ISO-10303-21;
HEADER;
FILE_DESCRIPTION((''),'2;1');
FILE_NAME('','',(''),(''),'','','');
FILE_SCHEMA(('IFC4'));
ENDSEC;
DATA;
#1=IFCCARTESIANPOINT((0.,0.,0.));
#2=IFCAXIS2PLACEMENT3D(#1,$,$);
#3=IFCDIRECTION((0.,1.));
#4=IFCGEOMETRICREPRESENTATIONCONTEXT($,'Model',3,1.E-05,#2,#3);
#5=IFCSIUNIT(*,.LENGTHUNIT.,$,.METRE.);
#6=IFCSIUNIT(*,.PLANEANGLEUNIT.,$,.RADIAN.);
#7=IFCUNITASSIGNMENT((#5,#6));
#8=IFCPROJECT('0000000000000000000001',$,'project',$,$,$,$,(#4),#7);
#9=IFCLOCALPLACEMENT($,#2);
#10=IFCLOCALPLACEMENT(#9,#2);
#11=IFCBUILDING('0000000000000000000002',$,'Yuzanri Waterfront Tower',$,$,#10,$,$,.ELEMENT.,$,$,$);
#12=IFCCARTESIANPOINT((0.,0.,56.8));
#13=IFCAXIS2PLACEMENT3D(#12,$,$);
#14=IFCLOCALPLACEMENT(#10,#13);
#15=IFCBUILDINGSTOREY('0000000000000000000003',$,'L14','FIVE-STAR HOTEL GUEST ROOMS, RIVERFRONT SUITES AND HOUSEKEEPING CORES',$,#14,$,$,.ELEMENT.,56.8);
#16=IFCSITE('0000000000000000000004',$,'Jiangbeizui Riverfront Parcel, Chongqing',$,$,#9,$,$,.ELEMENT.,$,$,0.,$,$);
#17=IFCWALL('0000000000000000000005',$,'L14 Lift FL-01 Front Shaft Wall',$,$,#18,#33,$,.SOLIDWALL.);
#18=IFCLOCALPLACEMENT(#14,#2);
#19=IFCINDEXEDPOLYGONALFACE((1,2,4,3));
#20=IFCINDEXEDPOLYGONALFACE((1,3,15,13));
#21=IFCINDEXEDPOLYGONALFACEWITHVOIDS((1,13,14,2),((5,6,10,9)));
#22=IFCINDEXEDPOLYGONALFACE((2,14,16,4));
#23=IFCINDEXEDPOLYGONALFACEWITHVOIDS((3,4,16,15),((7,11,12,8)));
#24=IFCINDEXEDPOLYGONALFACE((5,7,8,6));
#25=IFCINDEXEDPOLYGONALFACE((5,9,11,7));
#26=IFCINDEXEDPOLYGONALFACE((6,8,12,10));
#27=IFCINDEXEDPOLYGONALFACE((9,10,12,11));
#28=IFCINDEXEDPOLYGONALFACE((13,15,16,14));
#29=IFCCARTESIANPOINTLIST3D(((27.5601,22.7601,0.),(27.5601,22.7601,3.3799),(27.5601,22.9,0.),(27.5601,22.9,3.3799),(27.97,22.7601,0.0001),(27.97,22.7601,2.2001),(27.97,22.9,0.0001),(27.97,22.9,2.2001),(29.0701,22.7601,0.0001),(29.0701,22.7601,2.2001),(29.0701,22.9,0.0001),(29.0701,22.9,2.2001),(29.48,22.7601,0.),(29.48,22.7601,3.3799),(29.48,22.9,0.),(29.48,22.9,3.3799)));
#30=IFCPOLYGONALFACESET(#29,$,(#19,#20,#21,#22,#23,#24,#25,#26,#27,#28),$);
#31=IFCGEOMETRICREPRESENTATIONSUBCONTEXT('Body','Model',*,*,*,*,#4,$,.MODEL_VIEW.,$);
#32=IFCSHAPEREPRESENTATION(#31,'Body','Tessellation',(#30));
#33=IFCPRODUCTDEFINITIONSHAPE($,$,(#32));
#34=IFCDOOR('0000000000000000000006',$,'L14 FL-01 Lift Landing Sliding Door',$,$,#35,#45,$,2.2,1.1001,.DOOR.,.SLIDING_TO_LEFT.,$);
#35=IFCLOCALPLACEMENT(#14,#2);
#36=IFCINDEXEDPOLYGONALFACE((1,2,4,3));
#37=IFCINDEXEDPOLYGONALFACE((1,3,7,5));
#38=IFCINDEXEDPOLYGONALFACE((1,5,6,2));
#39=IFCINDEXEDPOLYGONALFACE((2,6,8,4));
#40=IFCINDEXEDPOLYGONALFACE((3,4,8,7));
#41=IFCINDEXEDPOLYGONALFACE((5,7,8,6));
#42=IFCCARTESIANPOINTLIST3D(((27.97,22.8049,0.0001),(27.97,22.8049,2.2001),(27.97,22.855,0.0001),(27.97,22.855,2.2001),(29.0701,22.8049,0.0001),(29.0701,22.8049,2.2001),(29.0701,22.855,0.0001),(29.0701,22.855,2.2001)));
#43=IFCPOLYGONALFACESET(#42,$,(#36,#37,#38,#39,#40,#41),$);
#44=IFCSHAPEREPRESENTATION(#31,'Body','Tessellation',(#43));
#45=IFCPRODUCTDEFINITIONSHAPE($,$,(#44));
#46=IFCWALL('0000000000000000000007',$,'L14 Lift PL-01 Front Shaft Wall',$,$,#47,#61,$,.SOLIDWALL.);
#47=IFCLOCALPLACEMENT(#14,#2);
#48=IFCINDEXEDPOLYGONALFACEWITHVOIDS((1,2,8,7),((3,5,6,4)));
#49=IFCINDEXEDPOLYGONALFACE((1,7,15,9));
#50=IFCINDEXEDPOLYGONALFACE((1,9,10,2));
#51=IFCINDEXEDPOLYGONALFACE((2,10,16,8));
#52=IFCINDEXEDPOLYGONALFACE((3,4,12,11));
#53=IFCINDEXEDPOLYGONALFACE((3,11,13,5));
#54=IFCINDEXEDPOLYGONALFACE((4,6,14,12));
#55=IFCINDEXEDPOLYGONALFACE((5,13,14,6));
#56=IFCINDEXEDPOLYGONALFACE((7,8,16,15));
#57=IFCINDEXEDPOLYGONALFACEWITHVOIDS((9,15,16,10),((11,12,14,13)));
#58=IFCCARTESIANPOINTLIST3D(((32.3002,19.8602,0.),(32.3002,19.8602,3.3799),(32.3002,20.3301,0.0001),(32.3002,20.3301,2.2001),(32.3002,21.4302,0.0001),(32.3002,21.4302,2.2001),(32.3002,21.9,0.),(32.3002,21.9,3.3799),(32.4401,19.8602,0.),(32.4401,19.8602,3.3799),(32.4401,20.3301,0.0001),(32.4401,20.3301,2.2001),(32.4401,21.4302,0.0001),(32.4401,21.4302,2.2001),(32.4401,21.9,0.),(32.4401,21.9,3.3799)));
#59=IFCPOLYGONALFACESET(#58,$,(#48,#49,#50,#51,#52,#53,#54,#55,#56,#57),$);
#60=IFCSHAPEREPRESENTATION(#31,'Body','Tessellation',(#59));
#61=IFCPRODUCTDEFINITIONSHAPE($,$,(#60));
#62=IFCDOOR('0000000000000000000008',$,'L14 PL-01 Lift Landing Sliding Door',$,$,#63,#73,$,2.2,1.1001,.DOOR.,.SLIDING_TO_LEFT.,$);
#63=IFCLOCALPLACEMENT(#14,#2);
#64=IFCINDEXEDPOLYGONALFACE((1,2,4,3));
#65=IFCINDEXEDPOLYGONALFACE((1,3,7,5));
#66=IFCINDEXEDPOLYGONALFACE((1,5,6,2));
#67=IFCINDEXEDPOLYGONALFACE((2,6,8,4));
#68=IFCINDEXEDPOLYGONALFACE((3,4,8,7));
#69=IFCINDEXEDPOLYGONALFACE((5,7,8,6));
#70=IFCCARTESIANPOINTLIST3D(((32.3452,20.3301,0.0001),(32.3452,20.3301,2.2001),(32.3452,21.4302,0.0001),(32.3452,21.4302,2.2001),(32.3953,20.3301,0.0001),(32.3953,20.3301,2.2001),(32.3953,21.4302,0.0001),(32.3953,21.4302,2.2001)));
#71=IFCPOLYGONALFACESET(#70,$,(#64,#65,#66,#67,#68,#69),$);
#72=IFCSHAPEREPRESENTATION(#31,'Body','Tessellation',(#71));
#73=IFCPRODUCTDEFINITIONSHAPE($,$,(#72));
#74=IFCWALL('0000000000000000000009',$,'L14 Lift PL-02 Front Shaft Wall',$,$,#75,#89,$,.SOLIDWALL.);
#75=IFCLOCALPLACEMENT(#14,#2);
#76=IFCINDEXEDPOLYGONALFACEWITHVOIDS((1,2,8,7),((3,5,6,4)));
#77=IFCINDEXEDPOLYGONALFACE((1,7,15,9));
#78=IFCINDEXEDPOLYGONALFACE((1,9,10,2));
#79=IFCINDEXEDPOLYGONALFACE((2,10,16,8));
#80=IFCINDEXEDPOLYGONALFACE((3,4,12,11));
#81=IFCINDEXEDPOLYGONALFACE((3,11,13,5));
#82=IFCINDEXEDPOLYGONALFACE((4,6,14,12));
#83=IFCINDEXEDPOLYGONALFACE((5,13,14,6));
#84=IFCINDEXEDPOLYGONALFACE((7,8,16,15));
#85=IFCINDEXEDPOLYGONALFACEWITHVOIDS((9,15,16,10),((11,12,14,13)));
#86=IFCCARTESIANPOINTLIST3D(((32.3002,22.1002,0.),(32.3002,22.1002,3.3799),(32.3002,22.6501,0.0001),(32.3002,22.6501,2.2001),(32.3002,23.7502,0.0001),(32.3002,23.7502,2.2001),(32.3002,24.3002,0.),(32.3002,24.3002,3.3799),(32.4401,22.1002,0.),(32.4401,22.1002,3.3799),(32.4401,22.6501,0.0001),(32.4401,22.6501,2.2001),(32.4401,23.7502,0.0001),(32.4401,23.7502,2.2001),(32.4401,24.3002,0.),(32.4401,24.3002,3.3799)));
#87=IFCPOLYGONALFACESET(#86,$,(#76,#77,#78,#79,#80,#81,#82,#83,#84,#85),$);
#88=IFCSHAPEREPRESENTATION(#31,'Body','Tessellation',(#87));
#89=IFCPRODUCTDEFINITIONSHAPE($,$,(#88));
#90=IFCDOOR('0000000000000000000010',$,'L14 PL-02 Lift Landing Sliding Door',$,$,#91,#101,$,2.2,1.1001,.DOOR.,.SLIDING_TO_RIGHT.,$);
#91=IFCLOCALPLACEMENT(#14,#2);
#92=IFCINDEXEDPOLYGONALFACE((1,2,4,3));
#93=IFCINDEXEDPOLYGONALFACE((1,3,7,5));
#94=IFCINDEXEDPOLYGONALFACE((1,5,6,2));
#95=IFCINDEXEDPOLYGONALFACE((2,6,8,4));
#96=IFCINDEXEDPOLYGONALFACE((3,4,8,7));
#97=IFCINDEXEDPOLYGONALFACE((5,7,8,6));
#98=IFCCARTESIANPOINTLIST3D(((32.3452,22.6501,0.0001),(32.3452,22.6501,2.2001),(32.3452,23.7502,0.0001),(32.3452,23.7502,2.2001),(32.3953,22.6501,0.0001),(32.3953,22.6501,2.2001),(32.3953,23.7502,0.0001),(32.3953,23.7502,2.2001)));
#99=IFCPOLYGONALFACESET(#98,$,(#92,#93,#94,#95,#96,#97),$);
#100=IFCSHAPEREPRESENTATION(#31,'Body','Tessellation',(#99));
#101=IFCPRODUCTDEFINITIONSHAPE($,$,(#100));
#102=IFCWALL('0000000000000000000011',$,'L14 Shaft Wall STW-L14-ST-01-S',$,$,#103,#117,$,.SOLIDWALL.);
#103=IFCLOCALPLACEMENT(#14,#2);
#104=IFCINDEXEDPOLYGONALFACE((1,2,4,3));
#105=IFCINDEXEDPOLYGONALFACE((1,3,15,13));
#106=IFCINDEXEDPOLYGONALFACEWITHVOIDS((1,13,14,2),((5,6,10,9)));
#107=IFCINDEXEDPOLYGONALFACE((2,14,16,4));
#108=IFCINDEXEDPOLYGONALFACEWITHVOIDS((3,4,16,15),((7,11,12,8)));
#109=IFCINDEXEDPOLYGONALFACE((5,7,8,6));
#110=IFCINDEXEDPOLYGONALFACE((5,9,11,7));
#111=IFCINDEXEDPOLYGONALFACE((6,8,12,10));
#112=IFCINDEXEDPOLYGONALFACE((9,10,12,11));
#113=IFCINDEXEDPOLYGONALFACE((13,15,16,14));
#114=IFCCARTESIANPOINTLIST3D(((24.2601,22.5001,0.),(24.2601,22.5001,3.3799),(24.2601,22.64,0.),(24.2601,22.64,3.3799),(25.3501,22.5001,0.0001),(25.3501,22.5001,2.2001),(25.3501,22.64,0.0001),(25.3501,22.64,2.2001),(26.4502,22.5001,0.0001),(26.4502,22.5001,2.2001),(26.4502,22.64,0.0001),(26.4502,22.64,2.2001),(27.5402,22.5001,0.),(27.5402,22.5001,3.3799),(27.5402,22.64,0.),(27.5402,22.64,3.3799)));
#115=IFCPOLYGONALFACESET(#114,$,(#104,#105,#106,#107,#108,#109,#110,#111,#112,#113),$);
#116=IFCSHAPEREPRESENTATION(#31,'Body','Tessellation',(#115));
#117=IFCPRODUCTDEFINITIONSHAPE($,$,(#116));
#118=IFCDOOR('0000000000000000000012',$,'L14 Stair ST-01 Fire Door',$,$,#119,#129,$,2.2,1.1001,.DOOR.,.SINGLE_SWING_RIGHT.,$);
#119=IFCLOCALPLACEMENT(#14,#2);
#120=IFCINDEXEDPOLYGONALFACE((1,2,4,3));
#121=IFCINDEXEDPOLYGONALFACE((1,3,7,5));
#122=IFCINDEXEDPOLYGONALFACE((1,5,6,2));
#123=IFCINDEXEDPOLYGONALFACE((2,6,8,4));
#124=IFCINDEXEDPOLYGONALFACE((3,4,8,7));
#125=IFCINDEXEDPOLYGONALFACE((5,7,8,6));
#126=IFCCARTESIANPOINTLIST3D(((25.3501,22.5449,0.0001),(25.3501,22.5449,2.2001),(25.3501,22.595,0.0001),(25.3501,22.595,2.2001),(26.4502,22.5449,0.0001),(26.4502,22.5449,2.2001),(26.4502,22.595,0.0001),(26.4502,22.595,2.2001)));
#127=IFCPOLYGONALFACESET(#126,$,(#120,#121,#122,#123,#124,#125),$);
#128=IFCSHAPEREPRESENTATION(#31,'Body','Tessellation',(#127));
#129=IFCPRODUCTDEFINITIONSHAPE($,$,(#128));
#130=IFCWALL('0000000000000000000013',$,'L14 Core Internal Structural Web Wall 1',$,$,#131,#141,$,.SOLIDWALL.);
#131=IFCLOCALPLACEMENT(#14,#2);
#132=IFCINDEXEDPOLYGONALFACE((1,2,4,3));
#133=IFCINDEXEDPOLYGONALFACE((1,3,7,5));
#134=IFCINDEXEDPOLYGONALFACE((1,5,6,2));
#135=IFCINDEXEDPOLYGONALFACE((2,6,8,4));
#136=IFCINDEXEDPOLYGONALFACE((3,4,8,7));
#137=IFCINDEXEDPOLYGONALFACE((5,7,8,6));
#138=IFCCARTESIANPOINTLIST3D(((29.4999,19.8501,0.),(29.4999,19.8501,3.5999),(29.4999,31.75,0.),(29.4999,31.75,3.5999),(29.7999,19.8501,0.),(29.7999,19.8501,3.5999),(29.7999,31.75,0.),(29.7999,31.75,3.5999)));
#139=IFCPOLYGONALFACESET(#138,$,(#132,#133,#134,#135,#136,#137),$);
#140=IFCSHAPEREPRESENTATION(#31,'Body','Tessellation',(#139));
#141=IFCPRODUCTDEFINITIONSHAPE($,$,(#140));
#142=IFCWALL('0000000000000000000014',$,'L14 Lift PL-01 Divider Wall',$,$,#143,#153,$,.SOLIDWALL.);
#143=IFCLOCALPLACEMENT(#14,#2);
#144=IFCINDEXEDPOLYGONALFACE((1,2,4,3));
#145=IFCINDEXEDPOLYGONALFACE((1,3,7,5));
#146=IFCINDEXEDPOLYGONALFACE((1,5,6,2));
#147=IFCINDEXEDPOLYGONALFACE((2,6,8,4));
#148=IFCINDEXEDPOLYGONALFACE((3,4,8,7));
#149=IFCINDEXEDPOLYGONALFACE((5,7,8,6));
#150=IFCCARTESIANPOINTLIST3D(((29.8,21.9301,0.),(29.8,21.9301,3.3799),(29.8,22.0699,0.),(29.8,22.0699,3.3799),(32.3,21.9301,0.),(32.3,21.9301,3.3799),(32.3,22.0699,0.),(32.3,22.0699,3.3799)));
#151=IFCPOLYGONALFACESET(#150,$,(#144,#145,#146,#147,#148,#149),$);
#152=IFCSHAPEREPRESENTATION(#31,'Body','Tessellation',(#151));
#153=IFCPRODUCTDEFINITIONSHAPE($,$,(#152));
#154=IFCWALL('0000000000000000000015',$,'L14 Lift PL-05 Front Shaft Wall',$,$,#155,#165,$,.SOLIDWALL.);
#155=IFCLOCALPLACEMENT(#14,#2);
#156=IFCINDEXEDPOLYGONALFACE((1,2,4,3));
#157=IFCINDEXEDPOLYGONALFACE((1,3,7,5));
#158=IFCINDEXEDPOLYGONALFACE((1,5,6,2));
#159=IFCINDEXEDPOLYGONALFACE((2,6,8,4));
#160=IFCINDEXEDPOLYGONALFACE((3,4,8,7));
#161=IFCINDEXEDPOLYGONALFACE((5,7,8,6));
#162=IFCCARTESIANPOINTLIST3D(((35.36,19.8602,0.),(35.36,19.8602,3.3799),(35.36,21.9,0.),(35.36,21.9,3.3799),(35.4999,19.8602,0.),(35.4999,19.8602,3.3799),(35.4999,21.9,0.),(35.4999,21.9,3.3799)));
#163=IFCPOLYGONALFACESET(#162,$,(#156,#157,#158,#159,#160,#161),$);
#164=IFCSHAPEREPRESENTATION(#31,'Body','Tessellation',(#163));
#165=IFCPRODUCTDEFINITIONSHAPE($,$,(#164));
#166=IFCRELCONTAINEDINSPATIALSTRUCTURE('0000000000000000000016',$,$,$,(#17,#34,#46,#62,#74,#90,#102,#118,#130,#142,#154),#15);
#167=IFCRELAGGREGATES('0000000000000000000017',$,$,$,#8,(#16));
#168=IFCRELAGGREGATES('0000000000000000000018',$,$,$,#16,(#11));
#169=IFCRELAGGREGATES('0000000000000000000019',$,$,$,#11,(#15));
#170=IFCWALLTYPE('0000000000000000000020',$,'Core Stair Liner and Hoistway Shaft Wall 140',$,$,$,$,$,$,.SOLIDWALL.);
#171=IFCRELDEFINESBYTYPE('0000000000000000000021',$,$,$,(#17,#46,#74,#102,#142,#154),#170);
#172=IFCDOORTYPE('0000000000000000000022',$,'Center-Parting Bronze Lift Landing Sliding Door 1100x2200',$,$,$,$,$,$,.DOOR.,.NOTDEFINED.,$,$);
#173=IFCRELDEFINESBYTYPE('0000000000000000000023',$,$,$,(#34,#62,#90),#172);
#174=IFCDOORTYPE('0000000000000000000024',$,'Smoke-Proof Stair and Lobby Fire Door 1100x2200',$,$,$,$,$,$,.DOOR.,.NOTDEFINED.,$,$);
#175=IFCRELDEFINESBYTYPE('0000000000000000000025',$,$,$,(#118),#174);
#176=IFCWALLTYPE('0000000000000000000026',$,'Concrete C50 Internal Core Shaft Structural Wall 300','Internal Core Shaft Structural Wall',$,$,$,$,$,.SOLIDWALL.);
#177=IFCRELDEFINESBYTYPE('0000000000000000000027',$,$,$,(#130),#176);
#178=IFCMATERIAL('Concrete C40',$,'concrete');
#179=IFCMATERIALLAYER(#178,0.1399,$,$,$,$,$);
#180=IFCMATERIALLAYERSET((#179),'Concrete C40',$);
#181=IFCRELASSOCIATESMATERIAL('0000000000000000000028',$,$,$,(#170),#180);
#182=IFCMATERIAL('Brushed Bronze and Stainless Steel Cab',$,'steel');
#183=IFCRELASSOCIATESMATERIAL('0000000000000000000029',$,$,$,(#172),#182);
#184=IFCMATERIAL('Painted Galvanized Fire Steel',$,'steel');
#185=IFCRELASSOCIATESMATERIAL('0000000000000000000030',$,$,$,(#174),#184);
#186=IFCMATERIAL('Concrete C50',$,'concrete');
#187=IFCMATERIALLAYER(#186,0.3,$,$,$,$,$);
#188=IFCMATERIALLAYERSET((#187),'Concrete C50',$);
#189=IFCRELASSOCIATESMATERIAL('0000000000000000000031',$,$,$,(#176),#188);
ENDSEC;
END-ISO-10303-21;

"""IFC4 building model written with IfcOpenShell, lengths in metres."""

from ifc_helpers import new_model, si_unit, direction, frame, frame_2d, origin, place, context, subcontext, project, spatial, rectangle, extrude, source, transform, mapped, material, layer, layer_set, type_object, element, fill, save


model = new_model("IFC4")

# Units and contexts
model_context = context("Model", 3, precision=1e-05, world=origin(), true_north=direction((0.0, 1.0)))
body_context = subcontext(model_context, "Body", "Model", "MODEL_VIEW")
ifc_project = project(units=[si_unit("LENGTHUNIT", "METRE"), si_unit("PLANEANGLEUNIT", "RADIAN")], contexts=[model_context])

# Site, building, storey
site_placement = place(None, origin())
site = spatial("IfcSite", under=ifc_project, at=site_placement, Name="Jiangbeizui Riverfront Parcel, Chongqing", CompositionType="ELEMENT", RefElevation=0.0)
building_placement = place(site_placement, origin())
building = spatial("IfcBuilding", under=site, at=building_placement, Name="Yuzanri Waterfront Tower", CompositionType="ELEMENT")
storey_placement = place(building_placement, frame((0.0, 0.0, 56.8)))
storey = spatial("IfcBuildingStorey", under=building, at=storey_placement, Name="L14", Description="FIVE-STAR HOTEL GUEST ROOMS, RIVERFRONT SUITES AND HOUSEKEEPING CORES", CompositionType="ELEMENT", Elevation=56.8)

# Walls, openings, doors
ifc_material_1 = material(Name="Concrete C40", Category="concrete")
ifc_layer_1 = layer(ifc_material_1, 0.1399)
ifc_layer_set_1 = layer_set([ifc_layer_1], Name="Concrete C40")
wall_type_1 = type_object("IfcWallType", Name="Core Stair Liner and Hoistway Shaft Wall 140", PredefinedType="SOLIDWALL", material=ifc_layer_set_1)
wall_1_placement = place(storey_placement, frame((27.5601, 22.8301, 0.0), z_axis=(0.0, 0.0, 1.0), x_axis=(1.0, 0.0, 0.0)))
wall_1 = element("IfcWall", 1, at=wall_1_placement, inside=storey, type_object=wall_type_1, Name="L14 Lift FL-01 Front Shaft Wall", PredefinedType="SOLIDWALL", context=body_context, shape_type="SweptSolid", body=[
    extrude(rectangle(XDim=1.9199, YDim=0.1399, at=frame_2d((0.96, 0.0))), origin(), (0.0, 0.0, 1.0), 3.3799),
])
opening_1_placement = place(wall_1_placement, frame((0.4099, 0.0, 0.0)))
opening_1 = element("IfcOpeningElement", 2, at=opening_1_placement, cuts=wall_1, PredefinedType="OPENING", context=body_context, shape_type="SweptSolid", body=[
    extrude(rectangle(XDim=1.1001, YDim=2.2, at=frame_2d((0.55, 1.1001))), frame((0.0, 0.085, 0.0), z_axis=(0.0, -1.0, 0.0), x_axis=(1.0, 0.0, 0.0)), (0.0, 0.0, 1.0), 0.1697),
])
ifc_material_2 = material(Name="Brushed Bronze and Stainless Steel Cab", Category="steel")
door_type_1 = type_object("IfcDoorType", Name="Center-Parting Bronze Lift Landing Sliding Door 1100x2200", OperationType="NOTDEFINED", PredefinedType="DOOR", material=ifc_material_2)
shared_shape_1 = source(origin(), body_context, "Body", "SweptSolid", [
    extrude(rectangle(XDim=1.1001, YDim=2.2, at=frame_2d((0.55, 1.1001))), frame((0.0, 0.0249, 0.0), z_axis=(0.0, -1.0, 0.0), x_axis=(1.0, 0.0, 0.0)), (0.0, 0.0, 1.0), 0.05),
])
door_1_placement = place(opening_1_placement, origin())
door_1 = element("IfcDoor", 3, at=door_1_placement, inside=storey, type_object=door_type_1, Name="L14 FL-01 Lift Landing Sliding Door", OperationType="SLIDING_TO_LEFT", OverallHeight=2.2, OverallWidth=1.1001, PredefinedType="DOOR", context=body_context, shape_type="MappedRepresentation", body=[
    mapped(shared_shape_1, transform((0.0, 0.0, 0.0), scale=1.0)),
])
fill(opening_1, door_1)
wall_2_placement = place(storey_placement, frame((32.3701, 19.8601, 0.0), z_axis=(0.0, 0.0, 1.0), x_axis=(0.0, 1.0, 0.0)))
wall_2 = element("IfcWall", 4, at=wall_2_placement, inside=storey, type_object=wall_type_1, Name="L14 Lift PL-01 Front Shaft Wall", PredefinedType="SOLIDWALL", context=body_context, shape_type="SweptSolid", body=[
    extrude(rectangle(XDim=2.0398, YDim=0.1399, at=frame_2d((1.02, 0.0))), origin(), (0.0, 0.0, 1.0), 3.3799),
])
opening_2_placement = place(wall_2_placement, frame((0.47, 0.0, 0.0)))
opening_2 = element("IfcOpeningElement", 5, at=opening_2_placement, cuts=wall_2, PredefinedType="OPENING", context=body_context, shape_type="SweptSolid", body=[
    extrude(rectangle(XDim=1.1001, YDim=2.2, at=frame_2d((0.55, 1.1001))), frame((0.0, 0.085, 0.0), z_axis=(0.0, -1.0, 0.0), x_axis=(1.0, 0.0, 0.0)), (0.0, 0.0, 1.0), 0.1697),
])
door_2_placement = place(opening_2_placement, origin())
door_2 = element("IfcDoor", 6, at=door_2_placement, inside=storey, type_object=door_type_1, Name="L14 PL-01 Lift Landing Sliding Door", OperationType="SLIDING_TO_LEFT", OverallHeight=2.2, OverallWidth=1.1001, PredefinedType="DOOR", context=body_context, shape_type="MappedRepresentation", body=[
    mapped(shared_shape_1, transform((0.0, 0.0, 0.0), scale=1.0)),
])
fill(opening_2, door_2)
wall_3_placement = place(storey_placement, frame((32.3701, 22.1001, 0.0), z_axis=(0.0, 0.0, 1.0), x_axis=(0.0, 1.0, 0.0)))
wall_3 = element("IfcWall", 7, at=wall_3_placement, inside=storey, type_object=wall_type_1, Name="L14 Lift PL-02 Front Shaft Wall", PredefinedType="SOLIDWALL", context=body_context, shape_type="SweptSolid", body=[
    extrude(rectangle(XDim=2.2, YDim=0.1399, at=frame_2d((1.1001, 0.0))), origin(), (0.0, 0.0, 1.0), 3.3799),
])
opening_3_placement = place(wall_3_placement, frame((0.55, 0.0, 0.0)))
opening_3 = element("IfcOpeningElement", 8, at=opening_3_placement, cuts=wall_3, PredefinedType="OPENING", context=body_context, shape_type="SweptSolid", body=[
    extrude(rectangle(XDim=1.1001, YDim=2.2, at=frame_2d((0.55, 1.1001))), frame((0.0, 0.085, 0.0), z_axis=(0.0, -1.0, 0.0), x_axis=(1.0, 0.0, 0.0)), (0.0, 0.0, 1.0), 0.1697),
])
door_3_placement = place(opening_3_placement, origin())
door_3 = element("IfcDoor", 9, at=door_3_placement, inside=storey, type_object=door_type_1, Name="L14 PL-02 Lift Landing Sliding Door", OperationType="SLIDING_TO_RIGHT", OverallHeight=2.2, OverallWidth=1.1001, PredefinedType="DOOR", context=body_context, shape_type="MappedRepresentation", body=[
    mapped(shared_shape_1, transform((0.0, 0.0, 0.0), scale=1.0)),
])
fill(opening_3, door_3)
wall_4_placement = place(storey_placement, frame((24.26, 22.5701, 0.0), z_axis=(0.0, 0.0, 1.0), x_axis=(1.0, 0.0, 0.0)))
wall_4 = element("IfcWall", 10, at=wall_4_placement, inside=storey, type_object=wall_type_1, Name="L14 Shaft Wall STW-L14-ST-01-S", PredefinedType="SOLIDWALL", context=body_context, shape_type="SweptSolid", body=[
    extrude(rectangle(XDim=3.28, YDim=0.1399, at=frame_2d((1.6401, 0.0))), origin(), (0.0, 0.0, 1.0), 3.3799),
])
opening_4_placement = place(wall_4_placement, frame((1.0901, 0.0, 0.0)))
opening_4 = element("IfcOpeningElement", 11, at=opening_4_placement, cuts=wall_4, PredefinedType="OPENING", context=body_context, shape_type="SweptSolid", body=[
    extrude(rectangle(XDim=1.1001, YDim=2.2, at=frame_2d((0.55, 1.1001))), frame((0.0, 0.085, 0.0), z_axis=(0.0, -1.0, 0.0), x_axis=(1.0, 0.0, 0.0)), (0.0, 0.0, 1.0), 0.1697),
])
ifc_material_3 = material(Name="Painted Galvanized Fire Steel", Category="steel")
door_type_2 = type_object("IfcDoorType", Name="Smoke-Proof Stair and Lobby Fire Door 1100x2200", OperationType="NOTDEFINED", PredefinedType="DOOR", material=ifc_material_3)
shared_shape_2 = source(origin(), body_context, "Body", "SweptSolid", [
    extrude(rectangle(XDim=1.1001, YDim=2.2, at=frame_2d((0.55, 1.1001))), frame((0.0, 0.0249, 0.0), z_axis=(0.0, -1.0, 0.0), x_axis=(1.0, 0.0, 0.0)), (0.0, 0.0, 1.0), 0.05),
])
door_4_placement = place(opening_4_placement, origin())
door_4 = element("IfcDoor", 12, at=door_4_placement, inside=storey, type_object=door_type_2, Name="L14 Stair ST-01 Fire Door", OperationType="SINGLE_SWING_RIGHT", OverallHeight=2.2, OverallWidth=1.1001, PredefinedType="DOOR", context=body_context, shape_type="MappedRepresentation", body=[
    mapped(shared_shape_2, transform((0.0, 0.0, 0.0), scale=1.0)),
])
fill(opening_4, door_4)

# Walls
ifc_material_4 = material(Name="Concrete C50", Category="concrete")
ifc_layer_2 = layer(ifc_material_4, 0.3)
ifc_layer_set_2 = layer_set([ifc_layer_2], Name="Concrete C50")
wall_type_2 = type_object("IfcWallType", Name="Concrete C50 Internal Core Shaft Structural Wall 300", Description="Internal Core Shaft Structural Wall", PredefinedType="SOLIDWALL", material=ifc_layer_set_2)
shared_shape_3 = source(origin(), body_context, "Body", "SweptSolid", [
    extrude(rectangle(XDim=11.8999, YDim=0.3, at=frame_2d((5.95, 0.0))), origin(), (0.0, 0.0, 1.0), 3.5999),
])
wall_5_placement = place(storey_placement, frame((29.6499, 19.8501, 0.0), z_axis=(0.0, 0.0, 1.0), x_axis=(0.0, 1.0, 0.0)))
element("IfcWall", 13, at=wall_5_placement, inside=storey, type_object=wall_type_2, Name="L14 Core Internal Structural Web Wall 1", PredefinedType="SOLIDWALL", context=body_context, shape_type="MappedRepresentation", body=[
    mapped(shared_shape_3, transform((0.0, 0.0, 0.0), scale=1.0)),
])
shared_shape_4 = source(origin(), body_context, "Body", "SweptSolid", [
    extrude(rectangle(XDim=2.5, YDim=0.1399, at=frame_2d((1.25, 0.0))), origin(), (0.0, 0.0, 1.0), 3.3799),
])
wall_6_placement = place(storey_placement, frame((29.8, 22.0, 0.0), z_axis=(0.0, 0.0, 1.0), x_axis=(1.0, 0.0, 0.0)))
element("IfcWall", 14, at=wall_6_placement, inside=storey, type_object=wall_type_1, Name="L14 Lift PL-01 Divider Wall", PredefinedType="SOLIDWALL", context=body_context, shape_type="MappedRepresentation", body=[
    mapped(shared_shape_4, transform((0.0, 0.0, 0.0), scale=1.0)),
])
shared_shape_5 = source(origin(), body_context, "Body", "SweptSolid", [
    extrude(rectangle(XDim=2.0398, YDim=0.1399, at=frame_2d((1.02, 0.0))), origin(), (0.0, 0.0, 1.0), 3.3799),
])
wall_7_placement = place(storey_placement, frame((35.4299, 19.8601, 0.0), z_axis=(0.0, 0.0, 1.0), x_axis=(0.0, 1.0, 0.0)))
element("IfcWall", 15, at=wall_7_placement, inside=storey, type_object=wall_type_1, Name="L14 Lift PL-05 Front Shaft Wall", PredefinedType="SOLIDWALL", context=body_context, shape_type="MappedRepresentation", body=[
    mapped(shared_shape_5, transform((0.0, 0.0, 0.0), scale=1.0)),
])

save(model, "model.ifc")
